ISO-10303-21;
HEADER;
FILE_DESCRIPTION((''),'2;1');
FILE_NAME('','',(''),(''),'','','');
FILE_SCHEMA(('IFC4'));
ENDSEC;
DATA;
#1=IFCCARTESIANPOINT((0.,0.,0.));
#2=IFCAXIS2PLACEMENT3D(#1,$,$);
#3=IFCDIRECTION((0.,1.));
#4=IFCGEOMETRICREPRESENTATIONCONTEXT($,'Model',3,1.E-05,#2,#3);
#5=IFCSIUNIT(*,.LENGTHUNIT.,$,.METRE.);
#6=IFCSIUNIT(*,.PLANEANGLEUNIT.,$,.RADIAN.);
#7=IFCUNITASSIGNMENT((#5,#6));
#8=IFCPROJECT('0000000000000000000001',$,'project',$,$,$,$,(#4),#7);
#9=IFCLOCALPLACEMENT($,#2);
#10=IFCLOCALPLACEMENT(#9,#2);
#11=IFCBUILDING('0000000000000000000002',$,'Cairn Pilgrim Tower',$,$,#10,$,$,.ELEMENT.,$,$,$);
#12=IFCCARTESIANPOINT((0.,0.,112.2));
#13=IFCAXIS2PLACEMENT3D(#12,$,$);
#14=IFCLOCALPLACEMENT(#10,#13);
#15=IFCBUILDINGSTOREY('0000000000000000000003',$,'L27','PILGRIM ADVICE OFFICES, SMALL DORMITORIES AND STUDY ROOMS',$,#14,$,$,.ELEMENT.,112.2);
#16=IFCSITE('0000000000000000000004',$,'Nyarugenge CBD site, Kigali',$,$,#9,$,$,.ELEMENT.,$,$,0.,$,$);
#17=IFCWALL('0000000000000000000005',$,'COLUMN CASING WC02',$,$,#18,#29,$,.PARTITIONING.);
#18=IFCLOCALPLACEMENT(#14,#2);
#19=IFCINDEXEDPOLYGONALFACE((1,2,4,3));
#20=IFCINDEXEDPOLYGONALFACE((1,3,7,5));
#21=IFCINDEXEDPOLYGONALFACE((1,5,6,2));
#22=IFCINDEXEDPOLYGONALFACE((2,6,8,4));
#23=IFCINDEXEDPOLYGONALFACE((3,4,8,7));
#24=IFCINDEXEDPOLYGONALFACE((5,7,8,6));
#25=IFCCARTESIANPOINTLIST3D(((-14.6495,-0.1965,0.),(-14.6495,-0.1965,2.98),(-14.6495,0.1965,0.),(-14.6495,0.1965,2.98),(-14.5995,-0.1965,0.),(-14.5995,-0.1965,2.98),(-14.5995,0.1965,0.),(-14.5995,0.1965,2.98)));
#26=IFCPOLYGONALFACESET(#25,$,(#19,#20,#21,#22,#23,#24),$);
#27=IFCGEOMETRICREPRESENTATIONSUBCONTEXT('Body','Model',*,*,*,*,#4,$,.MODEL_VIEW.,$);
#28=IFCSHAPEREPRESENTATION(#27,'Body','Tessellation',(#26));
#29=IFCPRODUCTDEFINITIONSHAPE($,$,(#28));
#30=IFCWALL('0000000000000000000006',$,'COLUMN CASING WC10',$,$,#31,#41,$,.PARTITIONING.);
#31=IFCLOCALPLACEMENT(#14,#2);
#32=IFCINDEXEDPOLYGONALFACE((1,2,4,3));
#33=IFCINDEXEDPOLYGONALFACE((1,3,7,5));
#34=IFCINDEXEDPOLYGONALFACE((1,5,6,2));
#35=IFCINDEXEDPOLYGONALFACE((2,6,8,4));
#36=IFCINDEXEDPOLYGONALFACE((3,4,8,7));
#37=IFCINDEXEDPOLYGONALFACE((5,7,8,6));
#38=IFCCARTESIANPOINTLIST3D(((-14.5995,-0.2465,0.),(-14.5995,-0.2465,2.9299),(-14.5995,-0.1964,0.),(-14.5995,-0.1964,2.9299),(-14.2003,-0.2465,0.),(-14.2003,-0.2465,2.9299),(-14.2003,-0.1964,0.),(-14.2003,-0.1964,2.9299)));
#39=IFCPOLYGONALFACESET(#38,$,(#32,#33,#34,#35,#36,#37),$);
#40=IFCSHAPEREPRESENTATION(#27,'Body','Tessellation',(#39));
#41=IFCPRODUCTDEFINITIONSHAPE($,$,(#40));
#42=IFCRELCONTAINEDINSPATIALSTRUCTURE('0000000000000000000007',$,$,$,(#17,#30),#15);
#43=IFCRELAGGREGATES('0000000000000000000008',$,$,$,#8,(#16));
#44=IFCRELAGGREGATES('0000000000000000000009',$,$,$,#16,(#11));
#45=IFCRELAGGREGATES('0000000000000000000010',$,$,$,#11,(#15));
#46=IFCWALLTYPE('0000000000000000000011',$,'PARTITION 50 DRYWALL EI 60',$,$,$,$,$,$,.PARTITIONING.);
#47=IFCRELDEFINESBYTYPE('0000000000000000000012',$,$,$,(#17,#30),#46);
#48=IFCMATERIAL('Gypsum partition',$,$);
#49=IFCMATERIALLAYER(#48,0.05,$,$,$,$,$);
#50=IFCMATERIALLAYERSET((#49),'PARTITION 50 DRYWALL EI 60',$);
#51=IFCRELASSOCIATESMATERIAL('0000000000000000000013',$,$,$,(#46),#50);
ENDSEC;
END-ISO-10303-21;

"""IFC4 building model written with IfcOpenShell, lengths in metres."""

from ifc_helpers import new_model, si_unit, direction, frame, frame_2d, origin, place, context, subcontext, project, spatial, rectangle, extrude, material, layer, layer_set, type_object, element, save


model = new_model("IFC4")

# Units and contexts
model_context = context("Model", 3, precision=1e-05, world=origin(), true_north=direction((0.0, 1.0)))
body_context = subcontext(model_context, "Body", "Model", "MODEL_VIEW")
ifc_project = project(units=[si_unit("LENGTHUNIT", "METRE"), si_unit("PLANEANGLEUNIT", "RADIAN")], contexts=[model_context])

# Site, building, storey
site_placement = place(None, origin())
site = spatial("IfcSite", under=ifc_project, at=site_placement, Name="Nyarugenge CBD site, Kigali", CompositionType="ELEMENT", RefElevation=0.0)
building_placement = place(site_placement, origin())
building = spatial("IfcBuilding", under=site, at=building_placement, Name="Cairn Pilgrim Tower", CompositionType="ELEMENT")
storey_placement = place(building_placement, frame((0.0, 0.0, 112.2)))
storey = spatial("IfcBuildingStorey", under=building, at=storey_placement, Name="L27", Description="PILGRIM ADVICE OFFICES, SMALL DORMITORIES AND STUDY ROOMS", CompositionType="ELEMENT", Elevation=112.2)

# Shared definitions
ifc_material_1 = material(Name="Gypsum partition")

# Walls
ifc_layer_1 = layer(ifc_material_1, 0.05)
ifc_layer_set_1 = layer_set([ifc_layer_1], Name="PARTITION 50 DRYWALL EI 60")
wall_type_1 = type_object("IfcWallType", Name="PARTITION 50 DRYWALL EI 60", PredefinedType="PARTITIONING", material=ifc_layer_set_1)
wall_1_placement = place(storey_placement, frame((-14.6245, -0.1965, 0.0), z_axis=(0.0, 0.0, 1.0), x_axis=(0.0, 1.0, 0.0)))
element("IfcWall", 1, at=wall_1_placement, inside=storey, type_object=wall_type_1, Name="COLUMN CASING WC02", PredefinedType="PARTITIONING", context=body_context, shape_type="SweptSolid", body=[
    extrude(rectangle(XDim=0.3931, YDim=0.05, at=frame_2d((0.1965, 0.0))), origin(), (0.0, 0.0, 1.0), 2.98),
])
wall_2_placement = place(storey_placement, frame((-14.5996, -0.2214, 0.0), z_axis=(0.0, 0.0, 1.0), x_axis=(1.0, 0.0, 0.0)))
element("IfcWall", 2, at=wall_2_placement, inside=storey, type_object=wall_type_1, Name="COLUMN CASING WC10", PredefinedType="PARTITIONING", context=body_context, shape_type="SweptSolid", body=[
    extrude(rectangle(XDim=0.3992, YDim=0.05, at=frame_2d((0.1997, 0.0))), origin(), (0.0, 0.0, 1.0), 2.9299),
])

save(model, "model.ifc")
